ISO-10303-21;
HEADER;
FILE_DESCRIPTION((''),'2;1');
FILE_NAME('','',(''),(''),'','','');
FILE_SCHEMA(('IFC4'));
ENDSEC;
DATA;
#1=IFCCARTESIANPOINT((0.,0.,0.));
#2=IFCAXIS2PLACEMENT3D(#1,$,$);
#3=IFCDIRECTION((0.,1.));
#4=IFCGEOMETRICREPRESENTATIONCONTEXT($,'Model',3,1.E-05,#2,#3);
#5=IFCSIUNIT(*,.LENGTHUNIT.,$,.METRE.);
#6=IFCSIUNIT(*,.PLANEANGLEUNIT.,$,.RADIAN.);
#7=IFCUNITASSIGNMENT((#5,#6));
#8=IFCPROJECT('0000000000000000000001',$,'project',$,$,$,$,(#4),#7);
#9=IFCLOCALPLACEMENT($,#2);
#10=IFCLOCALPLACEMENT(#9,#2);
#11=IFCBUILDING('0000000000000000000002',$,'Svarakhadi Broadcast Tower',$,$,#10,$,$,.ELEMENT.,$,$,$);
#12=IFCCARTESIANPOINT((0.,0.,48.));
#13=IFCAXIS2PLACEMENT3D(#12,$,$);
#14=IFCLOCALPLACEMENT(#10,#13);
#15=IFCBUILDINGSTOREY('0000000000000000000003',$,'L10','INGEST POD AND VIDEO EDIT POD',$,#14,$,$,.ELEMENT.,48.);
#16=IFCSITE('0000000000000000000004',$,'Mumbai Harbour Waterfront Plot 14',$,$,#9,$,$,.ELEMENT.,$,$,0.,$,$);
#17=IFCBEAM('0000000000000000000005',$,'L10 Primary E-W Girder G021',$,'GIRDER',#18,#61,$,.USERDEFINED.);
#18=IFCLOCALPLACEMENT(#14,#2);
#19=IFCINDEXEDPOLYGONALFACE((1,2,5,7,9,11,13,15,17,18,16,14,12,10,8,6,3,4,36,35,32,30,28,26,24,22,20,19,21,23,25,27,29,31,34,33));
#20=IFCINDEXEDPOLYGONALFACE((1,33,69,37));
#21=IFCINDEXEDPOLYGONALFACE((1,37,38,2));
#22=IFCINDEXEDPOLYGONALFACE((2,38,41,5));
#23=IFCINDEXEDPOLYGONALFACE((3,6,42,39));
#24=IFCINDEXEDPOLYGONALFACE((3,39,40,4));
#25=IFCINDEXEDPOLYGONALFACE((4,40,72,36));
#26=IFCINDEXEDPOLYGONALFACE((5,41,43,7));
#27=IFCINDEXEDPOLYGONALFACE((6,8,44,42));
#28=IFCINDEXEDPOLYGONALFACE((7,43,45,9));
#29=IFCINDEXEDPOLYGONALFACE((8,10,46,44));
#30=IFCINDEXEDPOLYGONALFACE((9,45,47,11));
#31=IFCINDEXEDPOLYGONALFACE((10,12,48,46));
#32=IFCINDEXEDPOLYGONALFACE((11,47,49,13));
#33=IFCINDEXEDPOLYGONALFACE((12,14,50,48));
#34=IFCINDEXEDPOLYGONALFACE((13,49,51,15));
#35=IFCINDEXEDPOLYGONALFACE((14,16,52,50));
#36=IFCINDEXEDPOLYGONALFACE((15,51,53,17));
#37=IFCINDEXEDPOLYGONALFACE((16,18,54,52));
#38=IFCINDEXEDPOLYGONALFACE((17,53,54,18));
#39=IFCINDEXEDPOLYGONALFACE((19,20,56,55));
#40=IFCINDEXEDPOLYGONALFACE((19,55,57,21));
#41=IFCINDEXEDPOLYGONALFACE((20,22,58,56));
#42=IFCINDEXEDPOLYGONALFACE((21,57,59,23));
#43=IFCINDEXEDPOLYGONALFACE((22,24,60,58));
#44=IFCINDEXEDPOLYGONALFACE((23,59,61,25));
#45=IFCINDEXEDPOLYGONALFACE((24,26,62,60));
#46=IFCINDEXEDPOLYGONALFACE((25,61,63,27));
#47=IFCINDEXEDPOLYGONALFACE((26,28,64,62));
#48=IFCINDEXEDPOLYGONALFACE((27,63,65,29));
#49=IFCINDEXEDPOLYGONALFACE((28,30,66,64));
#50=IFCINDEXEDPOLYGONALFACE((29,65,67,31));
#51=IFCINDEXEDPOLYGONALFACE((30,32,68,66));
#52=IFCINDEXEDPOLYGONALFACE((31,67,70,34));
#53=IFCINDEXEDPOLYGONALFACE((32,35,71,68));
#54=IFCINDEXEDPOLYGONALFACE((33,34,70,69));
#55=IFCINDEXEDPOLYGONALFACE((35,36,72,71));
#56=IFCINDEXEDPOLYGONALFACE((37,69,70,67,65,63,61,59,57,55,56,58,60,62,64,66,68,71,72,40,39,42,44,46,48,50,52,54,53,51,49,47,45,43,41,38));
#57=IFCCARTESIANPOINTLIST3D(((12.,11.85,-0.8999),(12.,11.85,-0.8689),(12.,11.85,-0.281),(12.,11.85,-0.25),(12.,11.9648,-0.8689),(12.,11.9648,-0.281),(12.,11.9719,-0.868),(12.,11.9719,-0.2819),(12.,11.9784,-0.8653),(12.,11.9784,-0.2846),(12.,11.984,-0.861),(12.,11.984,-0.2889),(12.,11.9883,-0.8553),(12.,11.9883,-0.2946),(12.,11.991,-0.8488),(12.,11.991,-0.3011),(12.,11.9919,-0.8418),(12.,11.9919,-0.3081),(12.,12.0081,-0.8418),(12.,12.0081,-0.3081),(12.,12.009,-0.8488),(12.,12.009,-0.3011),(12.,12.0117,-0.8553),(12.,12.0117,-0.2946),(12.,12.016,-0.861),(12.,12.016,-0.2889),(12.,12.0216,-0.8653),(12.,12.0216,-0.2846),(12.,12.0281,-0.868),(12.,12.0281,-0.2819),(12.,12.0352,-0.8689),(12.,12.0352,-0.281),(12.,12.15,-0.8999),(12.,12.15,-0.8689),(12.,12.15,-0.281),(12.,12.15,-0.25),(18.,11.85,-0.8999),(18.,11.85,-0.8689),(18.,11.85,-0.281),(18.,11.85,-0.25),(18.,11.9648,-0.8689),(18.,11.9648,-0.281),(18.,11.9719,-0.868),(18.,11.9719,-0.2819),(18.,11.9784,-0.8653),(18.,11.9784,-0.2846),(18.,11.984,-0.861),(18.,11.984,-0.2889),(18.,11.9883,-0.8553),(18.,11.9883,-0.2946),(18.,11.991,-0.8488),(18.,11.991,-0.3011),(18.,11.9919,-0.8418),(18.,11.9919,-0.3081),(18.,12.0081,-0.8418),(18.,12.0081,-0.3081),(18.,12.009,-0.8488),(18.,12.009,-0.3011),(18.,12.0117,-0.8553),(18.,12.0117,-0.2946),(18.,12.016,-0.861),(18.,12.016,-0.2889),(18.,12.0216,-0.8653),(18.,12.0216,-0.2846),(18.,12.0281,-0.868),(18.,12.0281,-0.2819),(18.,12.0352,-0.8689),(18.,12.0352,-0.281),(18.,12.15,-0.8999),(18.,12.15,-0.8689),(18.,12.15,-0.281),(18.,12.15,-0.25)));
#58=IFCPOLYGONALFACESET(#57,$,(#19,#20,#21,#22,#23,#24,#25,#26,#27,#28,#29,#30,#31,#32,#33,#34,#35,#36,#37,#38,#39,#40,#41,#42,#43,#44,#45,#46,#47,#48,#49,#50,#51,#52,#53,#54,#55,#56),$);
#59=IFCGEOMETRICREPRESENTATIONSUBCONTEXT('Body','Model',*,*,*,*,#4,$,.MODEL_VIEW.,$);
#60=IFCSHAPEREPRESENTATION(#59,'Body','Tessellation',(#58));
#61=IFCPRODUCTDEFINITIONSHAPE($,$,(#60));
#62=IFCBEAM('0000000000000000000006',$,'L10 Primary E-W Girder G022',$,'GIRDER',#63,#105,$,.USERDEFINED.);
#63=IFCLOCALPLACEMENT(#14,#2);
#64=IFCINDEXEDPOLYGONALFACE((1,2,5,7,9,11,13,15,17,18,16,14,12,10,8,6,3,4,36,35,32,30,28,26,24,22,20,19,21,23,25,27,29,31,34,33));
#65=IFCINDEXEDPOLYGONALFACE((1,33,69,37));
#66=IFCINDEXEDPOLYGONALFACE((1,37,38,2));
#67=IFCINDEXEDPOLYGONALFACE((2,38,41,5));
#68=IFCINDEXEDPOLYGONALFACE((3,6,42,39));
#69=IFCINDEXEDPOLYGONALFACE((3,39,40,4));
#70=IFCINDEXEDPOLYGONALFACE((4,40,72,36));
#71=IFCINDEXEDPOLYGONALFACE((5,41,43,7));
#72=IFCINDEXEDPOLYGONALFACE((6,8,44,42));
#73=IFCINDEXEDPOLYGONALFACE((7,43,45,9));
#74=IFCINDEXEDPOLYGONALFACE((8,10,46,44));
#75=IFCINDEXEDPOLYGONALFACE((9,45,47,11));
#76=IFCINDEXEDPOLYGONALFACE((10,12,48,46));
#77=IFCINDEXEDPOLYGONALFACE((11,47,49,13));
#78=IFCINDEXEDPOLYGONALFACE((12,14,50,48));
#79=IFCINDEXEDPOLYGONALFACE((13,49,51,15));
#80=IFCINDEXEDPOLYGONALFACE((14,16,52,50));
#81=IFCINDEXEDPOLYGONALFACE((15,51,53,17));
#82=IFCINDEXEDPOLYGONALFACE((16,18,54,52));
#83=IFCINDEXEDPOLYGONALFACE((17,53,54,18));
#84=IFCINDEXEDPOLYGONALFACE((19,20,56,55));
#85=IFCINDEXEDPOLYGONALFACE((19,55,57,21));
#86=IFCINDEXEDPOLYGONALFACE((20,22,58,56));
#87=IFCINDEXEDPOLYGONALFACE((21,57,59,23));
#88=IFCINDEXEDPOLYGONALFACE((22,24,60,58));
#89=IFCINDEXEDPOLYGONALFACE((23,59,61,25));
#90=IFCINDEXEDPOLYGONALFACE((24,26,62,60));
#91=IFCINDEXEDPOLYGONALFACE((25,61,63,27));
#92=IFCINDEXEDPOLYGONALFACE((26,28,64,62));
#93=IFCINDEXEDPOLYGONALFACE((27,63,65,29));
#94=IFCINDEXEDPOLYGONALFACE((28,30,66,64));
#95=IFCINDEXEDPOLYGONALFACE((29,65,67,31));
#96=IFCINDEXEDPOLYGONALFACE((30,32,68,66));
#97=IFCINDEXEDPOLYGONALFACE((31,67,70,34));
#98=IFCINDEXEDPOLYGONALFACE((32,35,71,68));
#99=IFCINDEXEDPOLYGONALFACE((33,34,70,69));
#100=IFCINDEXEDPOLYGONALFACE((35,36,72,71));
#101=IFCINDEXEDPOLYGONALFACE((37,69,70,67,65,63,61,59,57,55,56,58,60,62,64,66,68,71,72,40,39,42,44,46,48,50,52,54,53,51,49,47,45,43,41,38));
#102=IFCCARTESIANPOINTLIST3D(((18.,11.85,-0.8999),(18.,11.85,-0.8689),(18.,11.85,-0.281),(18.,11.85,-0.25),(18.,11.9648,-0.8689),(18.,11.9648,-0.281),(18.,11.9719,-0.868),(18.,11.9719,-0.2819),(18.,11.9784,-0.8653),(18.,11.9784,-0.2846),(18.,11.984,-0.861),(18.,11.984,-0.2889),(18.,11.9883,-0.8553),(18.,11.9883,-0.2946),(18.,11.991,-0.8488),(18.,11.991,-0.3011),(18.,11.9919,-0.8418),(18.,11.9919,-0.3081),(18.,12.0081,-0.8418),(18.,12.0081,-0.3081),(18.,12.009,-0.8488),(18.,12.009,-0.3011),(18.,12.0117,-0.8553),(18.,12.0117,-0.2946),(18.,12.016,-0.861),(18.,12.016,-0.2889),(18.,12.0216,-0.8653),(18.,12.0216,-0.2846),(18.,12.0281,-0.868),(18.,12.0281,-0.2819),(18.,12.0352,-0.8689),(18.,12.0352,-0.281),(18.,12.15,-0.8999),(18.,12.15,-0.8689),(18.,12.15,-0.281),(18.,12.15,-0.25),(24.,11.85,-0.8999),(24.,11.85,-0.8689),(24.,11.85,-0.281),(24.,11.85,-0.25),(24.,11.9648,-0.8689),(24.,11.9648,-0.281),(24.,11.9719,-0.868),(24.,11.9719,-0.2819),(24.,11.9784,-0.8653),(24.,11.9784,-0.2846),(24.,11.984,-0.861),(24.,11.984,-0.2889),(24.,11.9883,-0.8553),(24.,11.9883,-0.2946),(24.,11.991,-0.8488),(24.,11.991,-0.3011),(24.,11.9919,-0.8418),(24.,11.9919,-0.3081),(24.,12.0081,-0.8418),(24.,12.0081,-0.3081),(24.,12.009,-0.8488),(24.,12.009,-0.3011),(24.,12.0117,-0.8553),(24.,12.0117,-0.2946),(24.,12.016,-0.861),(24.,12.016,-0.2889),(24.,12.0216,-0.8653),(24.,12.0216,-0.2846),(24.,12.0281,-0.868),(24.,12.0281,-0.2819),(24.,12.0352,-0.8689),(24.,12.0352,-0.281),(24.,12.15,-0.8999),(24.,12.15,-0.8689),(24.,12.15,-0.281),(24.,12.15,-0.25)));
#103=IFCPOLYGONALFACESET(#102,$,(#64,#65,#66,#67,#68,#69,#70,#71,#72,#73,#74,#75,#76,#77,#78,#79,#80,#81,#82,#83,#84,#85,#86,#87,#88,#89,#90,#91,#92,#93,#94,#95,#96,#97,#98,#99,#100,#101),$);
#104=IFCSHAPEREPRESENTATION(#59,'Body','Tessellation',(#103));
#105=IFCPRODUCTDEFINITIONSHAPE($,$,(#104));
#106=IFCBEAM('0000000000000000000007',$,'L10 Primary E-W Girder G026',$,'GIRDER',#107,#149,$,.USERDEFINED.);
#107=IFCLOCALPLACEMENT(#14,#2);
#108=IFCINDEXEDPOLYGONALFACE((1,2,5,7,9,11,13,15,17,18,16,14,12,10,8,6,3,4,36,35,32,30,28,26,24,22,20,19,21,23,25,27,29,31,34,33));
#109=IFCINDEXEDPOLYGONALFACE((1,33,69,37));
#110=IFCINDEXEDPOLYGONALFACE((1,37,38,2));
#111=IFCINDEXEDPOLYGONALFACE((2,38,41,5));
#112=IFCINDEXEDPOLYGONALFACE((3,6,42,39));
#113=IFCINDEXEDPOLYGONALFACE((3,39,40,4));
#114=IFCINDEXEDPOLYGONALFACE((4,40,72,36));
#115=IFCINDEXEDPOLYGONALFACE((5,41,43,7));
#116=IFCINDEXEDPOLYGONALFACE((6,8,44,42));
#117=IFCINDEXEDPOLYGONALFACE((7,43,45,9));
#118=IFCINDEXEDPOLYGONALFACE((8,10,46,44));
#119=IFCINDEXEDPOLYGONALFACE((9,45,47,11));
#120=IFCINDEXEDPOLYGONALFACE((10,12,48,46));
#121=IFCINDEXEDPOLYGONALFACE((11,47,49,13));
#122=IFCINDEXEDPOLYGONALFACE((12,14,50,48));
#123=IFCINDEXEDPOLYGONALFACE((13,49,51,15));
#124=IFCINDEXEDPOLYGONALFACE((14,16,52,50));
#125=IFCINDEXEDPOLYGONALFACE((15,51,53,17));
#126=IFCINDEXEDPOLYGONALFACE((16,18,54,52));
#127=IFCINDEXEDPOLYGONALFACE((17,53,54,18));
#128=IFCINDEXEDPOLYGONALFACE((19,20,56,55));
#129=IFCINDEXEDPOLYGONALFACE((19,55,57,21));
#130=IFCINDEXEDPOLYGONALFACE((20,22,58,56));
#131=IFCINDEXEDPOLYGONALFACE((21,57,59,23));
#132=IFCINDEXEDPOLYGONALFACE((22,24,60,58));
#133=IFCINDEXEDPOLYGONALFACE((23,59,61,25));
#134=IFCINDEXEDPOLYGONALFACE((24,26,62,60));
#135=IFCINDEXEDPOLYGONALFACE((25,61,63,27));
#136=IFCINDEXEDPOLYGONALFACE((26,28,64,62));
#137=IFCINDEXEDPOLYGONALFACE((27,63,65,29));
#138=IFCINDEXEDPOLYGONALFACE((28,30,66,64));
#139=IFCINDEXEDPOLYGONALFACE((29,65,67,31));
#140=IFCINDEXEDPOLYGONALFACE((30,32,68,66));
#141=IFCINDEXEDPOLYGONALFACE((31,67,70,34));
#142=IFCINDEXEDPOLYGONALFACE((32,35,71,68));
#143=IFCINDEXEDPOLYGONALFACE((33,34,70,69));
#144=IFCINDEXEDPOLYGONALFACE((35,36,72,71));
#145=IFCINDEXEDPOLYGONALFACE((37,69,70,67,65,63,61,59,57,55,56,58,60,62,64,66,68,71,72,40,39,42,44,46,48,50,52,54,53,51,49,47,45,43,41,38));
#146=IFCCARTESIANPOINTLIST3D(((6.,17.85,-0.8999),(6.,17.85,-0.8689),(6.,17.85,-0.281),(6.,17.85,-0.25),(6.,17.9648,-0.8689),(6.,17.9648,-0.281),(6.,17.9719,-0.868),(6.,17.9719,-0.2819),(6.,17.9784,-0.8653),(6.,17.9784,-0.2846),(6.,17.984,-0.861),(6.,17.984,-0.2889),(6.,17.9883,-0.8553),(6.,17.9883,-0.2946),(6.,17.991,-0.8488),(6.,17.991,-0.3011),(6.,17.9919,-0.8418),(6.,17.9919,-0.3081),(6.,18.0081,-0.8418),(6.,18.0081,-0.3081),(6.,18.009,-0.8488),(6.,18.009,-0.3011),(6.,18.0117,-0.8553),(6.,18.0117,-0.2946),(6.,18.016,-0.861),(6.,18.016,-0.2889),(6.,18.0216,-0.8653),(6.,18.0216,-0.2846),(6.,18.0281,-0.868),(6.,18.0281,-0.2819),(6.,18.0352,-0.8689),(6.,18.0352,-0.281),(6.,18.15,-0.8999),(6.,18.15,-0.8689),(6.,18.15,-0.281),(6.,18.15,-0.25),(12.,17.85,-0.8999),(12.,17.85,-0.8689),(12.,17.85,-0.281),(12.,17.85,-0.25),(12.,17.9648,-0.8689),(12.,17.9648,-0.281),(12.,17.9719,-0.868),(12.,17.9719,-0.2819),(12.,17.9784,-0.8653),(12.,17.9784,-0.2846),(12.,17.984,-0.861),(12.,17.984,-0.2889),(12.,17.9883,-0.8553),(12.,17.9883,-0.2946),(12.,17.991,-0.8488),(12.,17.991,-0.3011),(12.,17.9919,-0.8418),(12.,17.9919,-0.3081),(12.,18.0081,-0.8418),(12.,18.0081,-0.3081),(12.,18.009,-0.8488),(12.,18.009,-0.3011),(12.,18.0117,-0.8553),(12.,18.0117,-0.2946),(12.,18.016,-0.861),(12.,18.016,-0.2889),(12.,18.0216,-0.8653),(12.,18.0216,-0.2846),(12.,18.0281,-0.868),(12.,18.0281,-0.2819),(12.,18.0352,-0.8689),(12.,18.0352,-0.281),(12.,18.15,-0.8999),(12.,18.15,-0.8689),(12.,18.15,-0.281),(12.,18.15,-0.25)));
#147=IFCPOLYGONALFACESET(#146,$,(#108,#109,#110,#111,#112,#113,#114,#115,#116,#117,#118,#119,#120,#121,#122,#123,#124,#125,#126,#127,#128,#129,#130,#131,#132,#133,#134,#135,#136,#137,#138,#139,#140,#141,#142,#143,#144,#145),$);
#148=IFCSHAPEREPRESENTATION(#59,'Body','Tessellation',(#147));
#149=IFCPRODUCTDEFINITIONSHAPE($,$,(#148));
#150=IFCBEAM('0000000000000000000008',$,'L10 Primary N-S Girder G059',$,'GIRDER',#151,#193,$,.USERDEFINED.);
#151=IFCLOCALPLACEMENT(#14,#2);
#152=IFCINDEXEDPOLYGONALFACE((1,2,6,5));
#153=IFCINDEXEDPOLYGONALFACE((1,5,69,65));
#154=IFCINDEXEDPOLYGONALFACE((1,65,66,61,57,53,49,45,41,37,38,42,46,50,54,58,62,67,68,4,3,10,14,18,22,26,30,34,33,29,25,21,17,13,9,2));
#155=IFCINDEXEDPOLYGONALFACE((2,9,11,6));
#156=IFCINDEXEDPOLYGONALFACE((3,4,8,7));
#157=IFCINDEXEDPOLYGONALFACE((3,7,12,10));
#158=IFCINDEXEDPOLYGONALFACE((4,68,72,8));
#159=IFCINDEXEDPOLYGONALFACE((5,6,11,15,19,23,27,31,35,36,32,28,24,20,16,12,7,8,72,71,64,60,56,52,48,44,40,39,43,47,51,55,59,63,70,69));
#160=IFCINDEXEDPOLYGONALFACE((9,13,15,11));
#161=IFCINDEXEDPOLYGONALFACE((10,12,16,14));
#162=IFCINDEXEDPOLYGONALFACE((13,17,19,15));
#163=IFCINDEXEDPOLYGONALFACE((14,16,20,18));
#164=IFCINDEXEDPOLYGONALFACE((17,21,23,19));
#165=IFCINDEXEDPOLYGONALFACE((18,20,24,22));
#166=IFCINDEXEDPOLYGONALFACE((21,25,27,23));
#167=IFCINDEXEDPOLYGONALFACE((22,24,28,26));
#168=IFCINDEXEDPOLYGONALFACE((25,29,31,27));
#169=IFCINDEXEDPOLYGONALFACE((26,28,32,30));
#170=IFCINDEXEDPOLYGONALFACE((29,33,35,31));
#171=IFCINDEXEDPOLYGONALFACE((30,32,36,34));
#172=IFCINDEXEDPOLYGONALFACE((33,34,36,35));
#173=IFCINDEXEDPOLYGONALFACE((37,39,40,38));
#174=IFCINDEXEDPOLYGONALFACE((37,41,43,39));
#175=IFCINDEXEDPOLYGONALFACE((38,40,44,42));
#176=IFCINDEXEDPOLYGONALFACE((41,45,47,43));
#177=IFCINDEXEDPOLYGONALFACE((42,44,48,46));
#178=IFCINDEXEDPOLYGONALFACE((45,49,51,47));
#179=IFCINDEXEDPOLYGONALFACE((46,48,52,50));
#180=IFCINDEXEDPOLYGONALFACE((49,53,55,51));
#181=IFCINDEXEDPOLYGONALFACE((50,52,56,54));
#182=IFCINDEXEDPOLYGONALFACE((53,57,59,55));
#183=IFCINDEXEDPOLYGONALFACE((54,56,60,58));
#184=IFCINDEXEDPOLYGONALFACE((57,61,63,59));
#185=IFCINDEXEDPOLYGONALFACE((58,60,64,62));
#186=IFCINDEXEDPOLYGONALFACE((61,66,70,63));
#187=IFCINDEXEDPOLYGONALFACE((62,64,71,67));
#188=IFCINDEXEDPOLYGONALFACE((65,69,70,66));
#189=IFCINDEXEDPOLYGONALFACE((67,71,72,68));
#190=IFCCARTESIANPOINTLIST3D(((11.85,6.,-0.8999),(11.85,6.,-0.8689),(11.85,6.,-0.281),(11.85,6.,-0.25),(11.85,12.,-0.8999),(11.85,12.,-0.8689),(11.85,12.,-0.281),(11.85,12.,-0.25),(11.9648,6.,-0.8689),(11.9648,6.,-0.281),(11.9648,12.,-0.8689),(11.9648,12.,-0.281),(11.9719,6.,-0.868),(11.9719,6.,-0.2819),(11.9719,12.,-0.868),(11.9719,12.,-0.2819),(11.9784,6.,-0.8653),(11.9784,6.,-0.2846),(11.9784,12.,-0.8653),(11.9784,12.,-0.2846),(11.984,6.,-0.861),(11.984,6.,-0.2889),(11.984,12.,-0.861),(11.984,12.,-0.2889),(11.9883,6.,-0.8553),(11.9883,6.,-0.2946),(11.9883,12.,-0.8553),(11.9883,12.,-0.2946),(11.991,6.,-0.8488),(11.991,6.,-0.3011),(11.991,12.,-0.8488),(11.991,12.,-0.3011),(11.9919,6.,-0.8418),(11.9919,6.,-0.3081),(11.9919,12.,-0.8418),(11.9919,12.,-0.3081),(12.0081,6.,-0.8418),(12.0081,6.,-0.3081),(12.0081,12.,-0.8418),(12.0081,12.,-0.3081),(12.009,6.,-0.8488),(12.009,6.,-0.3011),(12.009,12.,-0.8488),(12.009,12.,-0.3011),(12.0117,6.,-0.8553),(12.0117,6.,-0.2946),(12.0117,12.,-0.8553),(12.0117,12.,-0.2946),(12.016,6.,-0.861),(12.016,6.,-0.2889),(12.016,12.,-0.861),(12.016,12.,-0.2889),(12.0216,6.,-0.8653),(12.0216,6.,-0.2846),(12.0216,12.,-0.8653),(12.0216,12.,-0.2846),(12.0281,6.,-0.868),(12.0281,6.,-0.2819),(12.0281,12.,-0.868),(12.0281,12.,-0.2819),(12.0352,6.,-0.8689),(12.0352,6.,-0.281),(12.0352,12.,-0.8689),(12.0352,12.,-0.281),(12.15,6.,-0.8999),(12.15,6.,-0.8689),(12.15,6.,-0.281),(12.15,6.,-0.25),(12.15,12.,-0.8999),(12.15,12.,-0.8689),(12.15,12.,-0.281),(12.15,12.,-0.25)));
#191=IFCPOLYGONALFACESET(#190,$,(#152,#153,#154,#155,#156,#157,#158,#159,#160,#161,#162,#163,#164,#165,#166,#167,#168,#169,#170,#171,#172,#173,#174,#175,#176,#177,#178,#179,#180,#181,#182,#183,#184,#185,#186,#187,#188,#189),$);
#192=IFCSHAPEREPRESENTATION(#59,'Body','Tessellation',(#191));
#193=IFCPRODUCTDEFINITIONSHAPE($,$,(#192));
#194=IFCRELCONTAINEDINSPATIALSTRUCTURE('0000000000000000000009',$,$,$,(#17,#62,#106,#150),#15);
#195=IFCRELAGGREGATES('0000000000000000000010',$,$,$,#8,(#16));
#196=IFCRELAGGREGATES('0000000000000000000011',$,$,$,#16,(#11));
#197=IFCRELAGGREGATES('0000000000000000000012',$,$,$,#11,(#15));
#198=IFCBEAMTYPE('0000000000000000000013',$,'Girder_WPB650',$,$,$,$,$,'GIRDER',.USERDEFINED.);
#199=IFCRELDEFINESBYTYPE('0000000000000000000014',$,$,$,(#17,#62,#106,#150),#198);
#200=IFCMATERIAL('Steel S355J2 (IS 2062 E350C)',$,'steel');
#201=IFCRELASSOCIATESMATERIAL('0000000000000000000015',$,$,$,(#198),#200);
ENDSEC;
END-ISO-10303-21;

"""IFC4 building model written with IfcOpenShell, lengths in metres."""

from ifc_helpers import new_model, si_unit, direction, frame, origin, origin_2d, place, context, subcontext, project, spatial, i_section, extrude, material, material_profile, profile_set, type_object, element, save


model = new_model("IFC4")

# Units and contexts
model_context = context("Model", 3, precision=1e-05, world=origin(), true_north=direction((0.0, 1.0)))
body_context = subcontext(model_context, "Body", "Model", "MODEL_VIEW")
ifc_project = project(units=[si_unit("LENGTHUNIT", "METRE"), si_unit("PLANEANGLEUNIT", "RADIAN")], contexts=[model_context])

# Site, building, storey
site_placement = place(None, origin())
site = spatial("IfcSite", under=ifc_project, at=site_placement, Name="Mumbai Harbour Waterfront Plot 14", CompositionType="ELEMENT", RefElevation=0.0)
building_placement = place(site_placement, origin())
building = spatial("IfcBuilding", under=site, at=building_placement, Name="Svarakhadi Broadcast Tower", CompositionType="ELEMENT")
storey_placement = place(building_placement, frame((0.0, 0.0, 48.0)))
storey = spatial("IfcBuildingStorey", under=building, at=storey_placement, Name="L10", Description="INGEST POD AND VIDEO EDIT POD", CompositionType="ELEMENT", Elevation=48.0)

# Beams
ifc_material_1 = material(Name="Steel S355J2 (IS 2062 E350C)", Category="steel")
ifc_material_profile_1 = material_profile(ifc_material_1, i_section(OverallWidth=0.3, OverallDepth=0.6499, WebThickness=0.0161, FlangeThickness=0.031, FilletRadius=0.0271, at=origin_2d()), Name="WPB 650x300x225")
ifc_profile_set_1 = profile_set([ifc_material_profile_1], Name="Steel S355J2 (IS 2062 E350C)")
beam_type_1 = type_object("IfcBeamType", Name="Girder_WPB650", ElementType="GIRDER", PredefinedType="USERDEFINED", material=ifc_profile_set_1)
for number, where, z_axis, x_axis, name in (
    (1, (12.0, 12.0, -0.575), (1.0, 0.0, 0.0), (0.0, 1.0, 0.0), "L10 Primary E-W Girder G021"),
    (2, (18.0, 12.0, -0.575), (1.0, 0.0, 0.0), (0.0, 1.0, 0.0), "L10 Primary E-W Girder G022"),
    (3, (6.0, 18.0, -0.575), (1.0, 0.0, 0.0), (0.0, 1.0, 0.0), "L10 Primary E-W Girder G026"),
    (4, (12.0, 6.0, -0.575), (0.0, 1.0, 0.0), (-1.0, 0.0, 0.0), "L10 Primary N-S Girder G059"),
):
    element("IfcBeam", number, at=place(storey_placement, frame(where, z_axis=z_axis, x_axis=x_axis)), inside=storey, type_object=beam_type_1, Name=name, ObjectType="GIRDER", PredefinedType="USERDEFINED", context=body_context, shape_type="SweptSolid", body=[
        extrude(i_section(OverallWidth=0.3, OverallDepth=0.6499, WebThickness=0.0161, FlangeThickness=0.031, FilletRadius=0.0271, at=origin_2d()), origin(), (0.0, 0.0, 1.0), 6.0),
    ])

save(model, "model.ifc")
